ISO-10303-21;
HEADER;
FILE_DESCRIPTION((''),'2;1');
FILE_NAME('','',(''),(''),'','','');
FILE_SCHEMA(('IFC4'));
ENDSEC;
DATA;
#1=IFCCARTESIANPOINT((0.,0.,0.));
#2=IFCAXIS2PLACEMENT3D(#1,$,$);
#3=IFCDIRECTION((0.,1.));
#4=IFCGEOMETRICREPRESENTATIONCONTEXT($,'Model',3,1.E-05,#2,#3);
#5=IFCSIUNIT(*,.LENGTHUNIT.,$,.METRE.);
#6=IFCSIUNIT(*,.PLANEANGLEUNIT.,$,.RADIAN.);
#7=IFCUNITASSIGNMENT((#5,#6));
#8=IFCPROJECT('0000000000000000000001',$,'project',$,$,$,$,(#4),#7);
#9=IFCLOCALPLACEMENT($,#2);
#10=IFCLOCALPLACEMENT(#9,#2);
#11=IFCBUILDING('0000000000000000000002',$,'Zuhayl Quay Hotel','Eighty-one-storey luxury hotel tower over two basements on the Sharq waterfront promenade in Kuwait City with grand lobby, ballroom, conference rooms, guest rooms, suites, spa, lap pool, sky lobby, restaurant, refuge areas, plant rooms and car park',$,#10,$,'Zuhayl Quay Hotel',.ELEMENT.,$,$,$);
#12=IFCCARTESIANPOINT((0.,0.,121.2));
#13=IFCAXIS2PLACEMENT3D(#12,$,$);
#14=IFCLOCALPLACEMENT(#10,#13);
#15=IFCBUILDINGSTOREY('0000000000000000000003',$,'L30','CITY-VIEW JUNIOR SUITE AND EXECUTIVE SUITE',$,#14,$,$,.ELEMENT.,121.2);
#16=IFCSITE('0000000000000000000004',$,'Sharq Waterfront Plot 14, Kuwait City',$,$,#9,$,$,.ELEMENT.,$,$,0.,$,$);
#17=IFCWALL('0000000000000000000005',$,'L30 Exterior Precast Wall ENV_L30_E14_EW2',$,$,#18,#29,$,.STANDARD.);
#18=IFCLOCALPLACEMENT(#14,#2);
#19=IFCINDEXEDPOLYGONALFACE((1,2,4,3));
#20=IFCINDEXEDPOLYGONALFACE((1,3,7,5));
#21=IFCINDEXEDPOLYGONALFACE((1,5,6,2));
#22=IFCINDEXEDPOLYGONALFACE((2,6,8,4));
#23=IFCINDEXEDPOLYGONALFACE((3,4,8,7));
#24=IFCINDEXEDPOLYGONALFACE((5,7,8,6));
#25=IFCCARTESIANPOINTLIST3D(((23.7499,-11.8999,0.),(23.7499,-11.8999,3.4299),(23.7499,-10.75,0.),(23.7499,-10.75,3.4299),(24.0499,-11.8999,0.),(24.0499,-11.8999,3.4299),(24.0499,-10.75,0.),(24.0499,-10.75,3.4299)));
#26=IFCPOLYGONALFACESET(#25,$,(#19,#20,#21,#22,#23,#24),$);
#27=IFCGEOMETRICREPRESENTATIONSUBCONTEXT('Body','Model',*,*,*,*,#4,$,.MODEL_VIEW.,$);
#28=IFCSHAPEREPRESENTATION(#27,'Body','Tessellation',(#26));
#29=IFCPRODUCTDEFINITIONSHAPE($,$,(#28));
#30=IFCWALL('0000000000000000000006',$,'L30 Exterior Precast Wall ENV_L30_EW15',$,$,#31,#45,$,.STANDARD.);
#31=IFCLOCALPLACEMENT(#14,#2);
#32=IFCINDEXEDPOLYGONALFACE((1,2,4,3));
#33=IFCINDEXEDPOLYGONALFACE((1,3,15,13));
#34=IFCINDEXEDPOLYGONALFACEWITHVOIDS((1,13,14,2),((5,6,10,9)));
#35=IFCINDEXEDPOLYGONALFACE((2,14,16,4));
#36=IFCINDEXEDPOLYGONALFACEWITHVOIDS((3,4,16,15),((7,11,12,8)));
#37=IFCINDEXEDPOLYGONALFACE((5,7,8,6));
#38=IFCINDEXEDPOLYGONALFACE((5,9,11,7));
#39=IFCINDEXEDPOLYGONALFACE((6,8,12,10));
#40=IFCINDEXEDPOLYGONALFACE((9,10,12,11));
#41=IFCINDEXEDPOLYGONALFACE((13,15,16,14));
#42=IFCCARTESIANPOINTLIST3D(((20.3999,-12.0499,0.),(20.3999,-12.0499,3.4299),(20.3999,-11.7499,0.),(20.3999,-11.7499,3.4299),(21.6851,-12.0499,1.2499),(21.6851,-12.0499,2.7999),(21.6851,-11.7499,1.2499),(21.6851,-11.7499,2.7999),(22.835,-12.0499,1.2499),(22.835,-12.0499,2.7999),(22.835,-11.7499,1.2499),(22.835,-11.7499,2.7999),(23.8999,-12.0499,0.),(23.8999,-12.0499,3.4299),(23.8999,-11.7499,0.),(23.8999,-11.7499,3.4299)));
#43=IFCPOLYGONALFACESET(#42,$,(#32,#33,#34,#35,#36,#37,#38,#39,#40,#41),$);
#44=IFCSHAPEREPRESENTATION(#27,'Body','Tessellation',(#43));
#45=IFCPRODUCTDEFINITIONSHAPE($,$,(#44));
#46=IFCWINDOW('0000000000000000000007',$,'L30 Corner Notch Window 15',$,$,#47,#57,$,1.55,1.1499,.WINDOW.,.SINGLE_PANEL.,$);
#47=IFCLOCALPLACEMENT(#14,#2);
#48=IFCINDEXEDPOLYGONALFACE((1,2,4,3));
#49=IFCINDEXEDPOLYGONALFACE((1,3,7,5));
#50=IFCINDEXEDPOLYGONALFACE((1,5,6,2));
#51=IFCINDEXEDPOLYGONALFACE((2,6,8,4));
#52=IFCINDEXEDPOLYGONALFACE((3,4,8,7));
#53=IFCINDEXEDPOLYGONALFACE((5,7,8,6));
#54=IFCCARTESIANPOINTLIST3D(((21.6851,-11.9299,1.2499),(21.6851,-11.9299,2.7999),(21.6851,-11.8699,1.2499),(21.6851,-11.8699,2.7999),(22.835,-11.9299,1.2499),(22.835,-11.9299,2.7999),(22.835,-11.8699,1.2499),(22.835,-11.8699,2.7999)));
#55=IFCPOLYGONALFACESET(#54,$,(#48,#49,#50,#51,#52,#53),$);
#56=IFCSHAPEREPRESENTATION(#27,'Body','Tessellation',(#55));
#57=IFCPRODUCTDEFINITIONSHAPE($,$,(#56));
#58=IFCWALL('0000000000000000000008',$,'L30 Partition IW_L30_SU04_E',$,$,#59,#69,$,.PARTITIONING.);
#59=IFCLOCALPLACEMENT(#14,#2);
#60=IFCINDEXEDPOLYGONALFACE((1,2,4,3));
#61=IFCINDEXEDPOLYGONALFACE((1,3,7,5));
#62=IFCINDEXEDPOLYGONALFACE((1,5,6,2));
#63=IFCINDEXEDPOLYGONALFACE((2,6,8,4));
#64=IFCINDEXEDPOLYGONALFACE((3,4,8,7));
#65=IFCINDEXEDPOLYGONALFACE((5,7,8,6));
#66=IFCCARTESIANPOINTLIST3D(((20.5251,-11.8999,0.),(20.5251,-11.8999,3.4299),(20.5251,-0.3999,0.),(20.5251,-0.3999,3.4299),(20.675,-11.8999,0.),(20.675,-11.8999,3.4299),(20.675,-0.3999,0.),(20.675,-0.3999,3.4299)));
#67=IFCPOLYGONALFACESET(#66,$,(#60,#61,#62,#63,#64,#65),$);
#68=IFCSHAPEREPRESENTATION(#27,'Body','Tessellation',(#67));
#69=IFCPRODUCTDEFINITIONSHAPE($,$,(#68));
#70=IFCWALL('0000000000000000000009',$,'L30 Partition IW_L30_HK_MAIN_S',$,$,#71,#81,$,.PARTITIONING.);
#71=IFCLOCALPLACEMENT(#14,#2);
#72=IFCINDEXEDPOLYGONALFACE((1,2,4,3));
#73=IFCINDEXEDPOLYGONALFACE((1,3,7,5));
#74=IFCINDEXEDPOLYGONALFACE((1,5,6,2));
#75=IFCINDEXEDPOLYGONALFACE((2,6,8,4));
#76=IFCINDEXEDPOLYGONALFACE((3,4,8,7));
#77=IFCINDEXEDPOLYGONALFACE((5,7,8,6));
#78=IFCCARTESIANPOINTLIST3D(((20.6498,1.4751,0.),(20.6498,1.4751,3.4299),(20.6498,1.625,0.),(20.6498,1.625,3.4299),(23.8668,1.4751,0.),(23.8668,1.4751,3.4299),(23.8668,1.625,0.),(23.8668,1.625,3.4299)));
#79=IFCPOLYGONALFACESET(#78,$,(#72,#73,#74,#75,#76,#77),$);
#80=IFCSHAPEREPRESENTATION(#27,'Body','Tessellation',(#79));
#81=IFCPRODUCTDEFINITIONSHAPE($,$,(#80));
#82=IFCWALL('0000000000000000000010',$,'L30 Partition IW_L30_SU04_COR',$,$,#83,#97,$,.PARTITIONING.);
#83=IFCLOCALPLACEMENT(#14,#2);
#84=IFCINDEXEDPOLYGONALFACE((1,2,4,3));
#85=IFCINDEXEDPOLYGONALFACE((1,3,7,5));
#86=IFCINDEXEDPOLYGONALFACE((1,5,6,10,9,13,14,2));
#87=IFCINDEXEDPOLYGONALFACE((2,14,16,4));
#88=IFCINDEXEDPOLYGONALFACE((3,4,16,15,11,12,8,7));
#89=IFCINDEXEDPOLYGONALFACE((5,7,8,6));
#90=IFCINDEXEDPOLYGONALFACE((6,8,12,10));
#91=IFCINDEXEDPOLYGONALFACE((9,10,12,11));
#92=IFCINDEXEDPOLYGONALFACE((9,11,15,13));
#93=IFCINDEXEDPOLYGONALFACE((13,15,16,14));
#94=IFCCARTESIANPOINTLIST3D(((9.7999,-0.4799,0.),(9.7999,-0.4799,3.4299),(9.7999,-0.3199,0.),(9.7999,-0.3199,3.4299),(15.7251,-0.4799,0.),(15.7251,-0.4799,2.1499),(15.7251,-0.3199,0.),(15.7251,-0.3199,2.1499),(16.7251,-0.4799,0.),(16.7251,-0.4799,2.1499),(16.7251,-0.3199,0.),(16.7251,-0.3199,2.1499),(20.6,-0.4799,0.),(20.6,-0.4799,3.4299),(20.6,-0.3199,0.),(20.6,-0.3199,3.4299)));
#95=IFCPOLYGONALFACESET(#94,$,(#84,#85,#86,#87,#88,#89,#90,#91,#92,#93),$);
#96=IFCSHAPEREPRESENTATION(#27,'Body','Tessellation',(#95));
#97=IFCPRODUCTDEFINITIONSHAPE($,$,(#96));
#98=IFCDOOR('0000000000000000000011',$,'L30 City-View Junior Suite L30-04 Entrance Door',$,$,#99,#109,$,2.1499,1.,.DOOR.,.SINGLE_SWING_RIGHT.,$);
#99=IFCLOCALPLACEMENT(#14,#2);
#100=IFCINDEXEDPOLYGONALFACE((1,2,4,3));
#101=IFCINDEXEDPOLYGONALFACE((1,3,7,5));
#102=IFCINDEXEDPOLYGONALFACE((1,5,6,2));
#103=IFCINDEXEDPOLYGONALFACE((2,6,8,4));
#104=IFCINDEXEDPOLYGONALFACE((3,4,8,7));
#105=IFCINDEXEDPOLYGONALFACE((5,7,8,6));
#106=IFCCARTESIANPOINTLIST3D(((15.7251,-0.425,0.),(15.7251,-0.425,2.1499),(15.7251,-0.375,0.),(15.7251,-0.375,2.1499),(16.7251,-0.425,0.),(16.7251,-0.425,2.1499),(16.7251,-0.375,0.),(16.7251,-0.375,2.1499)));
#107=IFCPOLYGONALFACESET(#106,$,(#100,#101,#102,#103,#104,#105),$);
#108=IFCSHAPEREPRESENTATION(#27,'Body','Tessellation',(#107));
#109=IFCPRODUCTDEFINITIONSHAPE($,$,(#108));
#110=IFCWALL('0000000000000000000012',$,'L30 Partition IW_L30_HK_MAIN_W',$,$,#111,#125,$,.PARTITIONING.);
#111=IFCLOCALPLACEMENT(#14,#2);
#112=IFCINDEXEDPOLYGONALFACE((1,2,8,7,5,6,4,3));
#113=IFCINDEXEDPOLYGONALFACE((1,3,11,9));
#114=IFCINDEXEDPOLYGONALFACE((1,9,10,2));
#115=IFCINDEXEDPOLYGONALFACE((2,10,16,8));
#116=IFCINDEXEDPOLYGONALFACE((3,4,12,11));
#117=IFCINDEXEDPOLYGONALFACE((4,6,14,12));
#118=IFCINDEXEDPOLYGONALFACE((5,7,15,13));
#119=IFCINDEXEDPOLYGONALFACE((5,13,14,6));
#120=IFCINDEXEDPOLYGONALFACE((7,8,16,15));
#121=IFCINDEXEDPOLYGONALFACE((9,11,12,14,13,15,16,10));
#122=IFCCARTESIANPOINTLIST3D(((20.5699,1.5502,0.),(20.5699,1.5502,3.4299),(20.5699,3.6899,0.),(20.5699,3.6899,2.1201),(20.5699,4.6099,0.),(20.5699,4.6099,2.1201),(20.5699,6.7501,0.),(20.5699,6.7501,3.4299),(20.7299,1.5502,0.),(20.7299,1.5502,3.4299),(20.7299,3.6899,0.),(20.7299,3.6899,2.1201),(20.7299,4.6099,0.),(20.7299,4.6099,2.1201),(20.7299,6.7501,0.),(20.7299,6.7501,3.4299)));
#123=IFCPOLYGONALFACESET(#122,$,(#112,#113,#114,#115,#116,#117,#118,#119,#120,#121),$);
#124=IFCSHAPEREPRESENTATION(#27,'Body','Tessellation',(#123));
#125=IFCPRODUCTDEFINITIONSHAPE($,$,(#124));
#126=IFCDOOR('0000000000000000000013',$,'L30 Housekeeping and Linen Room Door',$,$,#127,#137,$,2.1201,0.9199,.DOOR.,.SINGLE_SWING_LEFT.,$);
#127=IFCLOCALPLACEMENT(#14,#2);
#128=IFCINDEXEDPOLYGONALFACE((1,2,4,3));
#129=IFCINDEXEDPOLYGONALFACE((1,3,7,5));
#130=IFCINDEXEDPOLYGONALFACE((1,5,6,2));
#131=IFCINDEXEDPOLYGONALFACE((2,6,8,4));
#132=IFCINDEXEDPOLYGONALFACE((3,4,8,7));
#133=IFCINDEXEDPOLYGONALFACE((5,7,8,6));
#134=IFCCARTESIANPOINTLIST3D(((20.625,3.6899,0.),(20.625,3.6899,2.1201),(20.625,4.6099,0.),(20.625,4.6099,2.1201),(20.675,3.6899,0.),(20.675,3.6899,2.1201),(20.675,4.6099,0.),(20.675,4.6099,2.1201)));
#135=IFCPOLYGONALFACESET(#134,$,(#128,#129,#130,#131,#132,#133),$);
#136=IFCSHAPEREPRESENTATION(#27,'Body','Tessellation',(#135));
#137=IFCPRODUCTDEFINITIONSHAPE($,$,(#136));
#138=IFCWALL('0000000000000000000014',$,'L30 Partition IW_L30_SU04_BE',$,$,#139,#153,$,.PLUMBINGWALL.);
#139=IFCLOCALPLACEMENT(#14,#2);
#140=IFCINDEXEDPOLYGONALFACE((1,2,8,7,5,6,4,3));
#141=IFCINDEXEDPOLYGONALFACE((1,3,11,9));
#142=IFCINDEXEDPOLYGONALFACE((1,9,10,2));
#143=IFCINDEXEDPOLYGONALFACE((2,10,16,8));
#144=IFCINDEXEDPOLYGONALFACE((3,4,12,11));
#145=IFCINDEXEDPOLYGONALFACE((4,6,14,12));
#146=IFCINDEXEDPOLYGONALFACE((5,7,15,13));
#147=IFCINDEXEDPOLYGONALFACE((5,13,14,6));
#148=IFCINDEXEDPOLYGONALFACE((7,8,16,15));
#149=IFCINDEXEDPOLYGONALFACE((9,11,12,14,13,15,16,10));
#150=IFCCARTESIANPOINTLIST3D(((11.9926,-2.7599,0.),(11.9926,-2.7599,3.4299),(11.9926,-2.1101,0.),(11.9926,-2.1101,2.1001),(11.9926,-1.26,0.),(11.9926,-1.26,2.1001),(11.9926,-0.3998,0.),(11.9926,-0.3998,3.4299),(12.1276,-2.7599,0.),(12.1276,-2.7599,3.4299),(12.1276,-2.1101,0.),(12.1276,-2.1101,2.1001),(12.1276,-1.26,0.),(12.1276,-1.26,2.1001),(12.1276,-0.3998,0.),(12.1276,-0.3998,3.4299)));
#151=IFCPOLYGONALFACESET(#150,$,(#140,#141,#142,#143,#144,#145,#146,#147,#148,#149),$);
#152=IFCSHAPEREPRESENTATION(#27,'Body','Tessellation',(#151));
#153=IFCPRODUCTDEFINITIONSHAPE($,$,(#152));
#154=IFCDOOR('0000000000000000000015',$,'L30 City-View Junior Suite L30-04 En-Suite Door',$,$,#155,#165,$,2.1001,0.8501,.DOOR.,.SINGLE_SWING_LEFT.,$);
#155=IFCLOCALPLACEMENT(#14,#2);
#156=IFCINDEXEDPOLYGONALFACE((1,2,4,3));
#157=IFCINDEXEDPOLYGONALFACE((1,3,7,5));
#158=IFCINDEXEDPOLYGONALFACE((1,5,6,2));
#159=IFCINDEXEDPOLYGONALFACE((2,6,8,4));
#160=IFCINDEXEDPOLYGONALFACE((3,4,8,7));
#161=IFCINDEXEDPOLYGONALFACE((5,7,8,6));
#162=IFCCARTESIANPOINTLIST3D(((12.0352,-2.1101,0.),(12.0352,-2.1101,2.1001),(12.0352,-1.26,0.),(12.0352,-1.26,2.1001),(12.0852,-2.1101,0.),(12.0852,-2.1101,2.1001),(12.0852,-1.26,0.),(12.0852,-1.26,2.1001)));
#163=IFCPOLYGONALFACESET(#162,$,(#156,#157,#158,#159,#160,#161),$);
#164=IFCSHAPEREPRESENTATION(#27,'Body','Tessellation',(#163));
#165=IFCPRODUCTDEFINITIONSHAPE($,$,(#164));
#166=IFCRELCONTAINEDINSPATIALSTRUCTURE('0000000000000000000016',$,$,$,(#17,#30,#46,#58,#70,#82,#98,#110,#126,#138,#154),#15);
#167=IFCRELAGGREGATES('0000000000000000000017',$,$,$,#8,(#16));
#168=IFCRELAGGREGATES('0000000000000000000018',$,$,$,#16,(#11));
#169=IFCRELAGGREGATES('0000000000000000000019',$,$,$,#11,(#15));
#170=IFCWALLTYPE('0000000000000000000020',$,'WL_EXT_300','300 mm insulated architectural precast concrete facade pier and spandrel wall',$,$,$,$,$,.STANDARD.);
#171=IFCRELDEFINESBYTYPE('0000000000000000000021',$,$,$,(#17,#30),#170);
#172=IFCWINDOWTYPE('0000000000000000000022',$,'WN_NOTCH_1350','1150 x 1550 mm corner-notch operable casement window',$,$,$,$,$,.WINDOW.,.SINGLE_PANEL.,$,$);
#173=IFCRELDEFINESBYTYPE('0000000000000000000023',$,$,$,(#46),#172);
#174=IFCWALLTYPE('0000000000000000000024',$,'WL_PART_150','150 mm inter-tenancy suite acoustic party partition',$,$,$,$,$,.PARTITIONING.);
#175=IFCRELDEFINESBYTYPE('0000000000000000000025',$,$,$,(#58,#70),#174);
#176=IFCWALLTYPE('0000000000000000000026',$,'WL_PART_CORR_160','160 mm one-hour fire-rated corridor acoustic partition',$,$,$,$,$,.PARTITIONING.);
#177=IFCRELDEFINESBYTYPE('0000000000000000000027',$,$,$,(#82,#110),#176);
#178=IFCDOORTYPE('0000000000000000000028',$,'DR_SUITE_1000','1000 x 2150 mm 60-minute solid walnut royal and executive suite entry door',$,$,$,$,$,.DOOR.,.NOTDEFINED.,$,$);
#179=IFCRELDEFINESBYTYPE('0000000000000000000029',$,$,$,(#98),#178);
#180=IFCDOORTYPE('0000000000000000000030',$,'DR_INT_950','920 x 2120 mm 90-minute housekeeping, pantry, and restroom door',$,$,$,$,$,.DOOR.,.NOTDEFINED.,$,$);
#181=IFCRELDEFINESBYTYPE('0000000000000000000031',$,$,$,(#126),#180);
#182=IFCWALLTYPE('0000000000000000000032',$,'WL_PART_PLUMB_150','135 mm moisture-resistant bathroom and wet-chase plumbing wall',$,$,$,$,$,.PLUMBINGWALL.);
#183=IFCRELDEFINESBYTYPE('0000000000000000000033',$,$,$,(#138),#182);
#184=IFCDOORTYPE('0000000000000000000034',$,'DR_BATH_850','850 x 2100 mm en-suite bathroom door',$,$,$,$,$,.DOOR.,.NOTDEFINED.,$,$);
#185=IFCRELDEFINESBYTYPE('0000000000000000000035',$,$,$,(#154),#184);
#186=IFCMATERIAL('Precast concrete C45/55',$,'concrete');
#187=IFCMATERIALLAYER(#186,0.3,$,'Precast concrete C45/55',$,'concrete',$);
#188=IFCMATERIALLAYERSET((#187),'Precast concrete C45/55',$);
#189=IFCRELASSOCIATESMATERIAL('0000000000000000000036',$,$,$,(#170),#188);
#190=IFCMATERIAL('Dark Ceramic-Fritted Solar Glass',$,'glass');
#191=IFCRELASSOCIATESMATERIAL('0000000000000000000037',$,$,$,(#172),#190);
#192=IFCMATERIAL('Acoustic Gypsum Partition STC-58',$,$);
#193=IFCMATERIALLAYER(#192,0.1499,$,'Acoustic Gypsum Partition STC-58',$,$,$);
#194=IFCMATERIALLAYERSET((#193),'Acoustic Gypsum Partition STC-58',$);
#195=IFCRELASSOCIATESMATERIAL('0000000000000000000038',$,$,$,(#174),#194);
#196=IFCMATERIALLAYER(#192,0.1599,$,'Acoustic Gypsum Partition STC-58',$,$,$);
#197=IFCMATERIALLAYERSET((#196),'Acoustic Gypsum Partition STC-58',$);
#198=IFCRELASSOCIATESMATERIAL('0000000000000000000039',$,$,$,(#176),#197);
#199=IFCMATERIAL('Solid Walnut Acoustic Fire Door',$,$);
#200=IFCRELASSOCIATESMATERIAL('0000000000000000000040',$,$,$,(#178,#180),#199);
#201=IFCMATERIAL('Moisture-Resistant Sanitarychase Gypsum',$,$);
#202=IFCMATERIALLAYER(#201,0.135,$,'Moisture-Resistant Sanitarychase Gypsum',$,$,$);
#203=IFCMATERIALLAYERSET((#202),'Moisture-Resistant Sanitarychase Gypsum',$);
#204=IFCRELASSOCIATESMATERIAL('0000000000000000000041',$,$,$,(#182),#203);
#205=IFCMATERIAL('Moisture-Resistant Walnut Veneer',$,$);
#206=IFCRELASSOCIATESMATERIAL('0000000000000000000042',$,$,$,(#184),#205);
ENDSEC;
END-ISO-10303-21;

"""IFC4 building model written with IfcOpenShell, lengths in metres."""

from ifc_helpers import new_model, si_unit, direction, frame, frame_2d, origin, place, context, subcontext, project, spatial, rectangle, extrude, material, layer, layer_set, type_object, element, fill, save


model = new_model("IFC4")

# Units and contexts
model_context = context("Model", 3, precision=1e-05, world=origin(), true_north=direction((0.0, 1.0)))
body_context = subcontext(model_context, "Body", "Model", "MODEL_VIEW")
ifc_project = project(units=[si_unit("LENGTHUNIT", "METRE"), si_unit("PLANEANGLEUNIT", "RADIAN")], contexts=[model_context])

# Site, building, storey
site_placement = place(None, origin())
site = spatial("IfcSite", under=ifc_project, at=site_placement, Name="Sharq Waterfront Plot 14, Kuwait City", CompositionType="ELEMENT", RefElevation=0.0)
building_placement = place(site_placement, origin())
building = spatial("IfcBuilding", under=site, at=building_placement, Name="Zuhayl Quay Hotel", Description="Eighty-one-storey luxury hotel tower over two basements on the Sharq waterfront promenade in Kuwait City with grand lobby, ballroom, conference rooms, guest rooms, suites, spa, lap pool, sky lobby, restaurant, refuge areas, plant rooms and car park", LongName="Zuhayl Quay Hotel", CompositionType="ELEMENT")
storey_placement = place(building_placement, frame((0.0, 0.0, 121.2)))
storey = spatial("IfcBuildingStorey", under=building, at=storey_placement, Name="L30", Description="CITY-VIEW JUNIOR SUITE AND EXECUTIVE SUITE", CompositionType="ELEMENT", Elevation=121.2)

# Shared definitions
ifc_material_1 = material(Name="Dark Ceramic-Fritted Solar Glass", Category="glass")

# Wall
ifc_material_2 = material(Name="Precast concrete C45/55", Category="concrete")
ifc_layer_1 = layer(ifc_material_2, 0.3, Name="Precast concrete C45/55", Category="concrete")
ifc_layer_set_1 = layer_set([ifc_layer_1], Name="Precast concrete C45/55")
wall_type_1 = type_object("IfcWallType", Name="WL_EXT_300", Description="300 mm insulated architectural precast concrete facade pier and spandrel wall", PredefinedType="STANDARD", material=ifc_layer_set_1)
for number, where, z_axis, x_axis, name in (
    (1, (23.8999, -10.75, 0.0), (0.0, 0.0, 1.0), (0.0, -1.0, 0.0), "L30 Exterior Precast Wall ENV_L30_E14_EW2"),
):
    element("IfcWall", number, at=place(storey_placement, frame(where, z_axis=z_axis, x_axis=x_axis)), inside=storey, type_object=wall_type_1, Name=name, PredefinedType="STANDARD", context=body_context, shape_type="SweptSolid", body=[
        extrude(rectangle(XDim=1.1499, YDim=0.3, at=frame_2d((0.575, 0.0))), origin(), (0.0, 0.0, 1.0), 3.4299),
    ])

# Wall, opening, window
wall_1_placement = place(storey_placement, frame((23.8999, -11.8999, 0.0), z_axis=(0.0, 0.0, 1.0), x_axis=(-1.0, 0.0, 0.0)))
wall_1 = element("IfcWall", 2, at=wall_1_placement, inside=storey, type_object=wall_type_1, Name="L30 Exterior Precast Wall ENV_L30_EW15", PredefinedType="STANDARD", context=body_context, shape_type="SweptSolid", body=[
    extrude(rectangle(XDim=3.5, YDim=0.3, at=frame_2d((1.75, 0.0))), origin(), (0.0, 0.0, 1.0), 3.4299),
])
opening_1_placement = place(wall_1_placement, frame((1.0649, 0.0, 1.25)))
opening_1 = element("IfcOpeningElement", 3, at=opening_1_placement, cuts=wall_1, PredefinedType="OPENING", context=body_context, shape_type="SweptSolid", body=[
    extrude(rectangle(XDim=1.1499, YDim=1.55, at=frame_2d((0.575, 0.7749))), frame((0.0, 0.1599, 0.0), z_axis=(0.0, -1.0, 0.0), x_axis=(1.0, 0.0, 0.0)), (0.0, 0.0, 1.0), 0.3201),
])
window_type = type_object("IfcWindowType", Name="WN_NOTCH_1350", Description="1150 x 1550 mm corner-notch operable casement window", PartitioningType="SINGLE_PANEL", PredefinedType="WINDOW", material=ifc_material_1)
window_placement = place(opening_1_placement, origin())
window = element("IfcWindow", 4, at=window_placement, inside=storey, type_object=window_type, Name="L30 Corner Notch Window 15", OverallHeight=1.55, OverallWidth=1.1499, PartitioningType="SINGLE_PANEL", PredefinedType="WINDOW", context=body_context, shape_type="SweptSolid", body=[
    extrude(rectangle(XDim=1.1499, YDim=1.55, at=frame_2d((0.575, 0.7749))), frame((0.0, 0.03, 0.0), z_axis=(0.0, -1.0, 0.0), x_axis=(1.0, 0.0, 0.0)), (0.0, 0.0, 1.0), 0.0601),
])
fill(opening_1, window)

# Walls
ifc_material_3 = material(Name="Acoustic Gypsum Partition STC-58")
ifc_layer_2 = layer(ifc_material_3, 0.1499, Name="Acoustic Gypsum Partition STC-58")
ifc_layer_set_2 = layer_set([ifc_layer_2], Name="Acoustic Gypsum Partition STC-58")
wall_type_2 = type_object("IfcWallType", Name="WL_PART_150", Description="150 mm inter-tenancy suite acoustic party partition", PredefinedType="PARTITIONING", material=ifc_layer_set_2)
wall_2_placement = place(storey_placement, frame((20.6001, -11.8999, 0.0), z_axis=(0.0, 0.0, 1.0), x_axis=(0.0, 1.0, 0.0)))
element("IfcWall", 5, at=wall_2_placement, inside=storey, type_object=wall_type_2, Name="L30 Partition IW_L30_SU04_E", PredefinedType="PARTITIONING", context=body_context, shape_type="SweptSolid", body=[
    extrude(rectangle(XDim=11.5, YDim=0.1499, at=frame_2d((5.75, 0.0))), origin(), (0.0, 0.0, 1.0), 3.4299),
])
wall_3_placement = place(storey_placement, frame((20.6499, 1.55, 0.0), z_axis=(0.0, 0.0, 1.0), x_axis=(1.0, 0.0, 0.0)))
element("IfcWall", 6, at=wall_3_placement, inside=storey, type_object=wall_type_2, Name="L30 Partition IW_L30_HK_MAIN_S", PredefinedType="PARTITIONING", context=body_context, shape_type="SweptSolid", body=[
    extrude(rectangle(XDim=3.217, YDim=0.1499, at=frame_2d((1.6084, 0.0))), origin(), (0.0, 0.0, 1.0), 3.4299),
])

# Walls, openings, doors
ifc_layer_3 = layer(ifc_material_3, 0.1599, Name="Acoustic Gypsum Partition STC-58")
ifc_layer_set_3 = layer_set([ifc_layer_3], Name="Acoustic Gypsum Partition STC-58")
wall_type_3 = type_object("IfcWallType", Name="WL_PART_CORR_160", Description="160 mm one-hour fire-rated corridor acoustic partition", PredefinedType="PARTITIONING", material=ifc_layer_set_3)
wall_4_placement = place(storey_placement, frame((9.8, -0.3999, 0.0), z_axis=(0.0, 0.0, 1.0), x_axis=(1.0, 0.0, 0.0)))
wall_4 = element("IfcWall", 7, at=wall_4_placement, inside=storey, type_object=wall_type_3, Name="L30 Partition IW_L30_SU04_COR", PredefinedType="PARTITIONING", context=body_context, shape_type="SweptSolid", body=[
    extrude(rectangle(XDim=10.8, YDim=0.1599, at=frame_2d((5.3999, 0.0))), origin(), (0.0, 0.0, 1.0), 3.4299),
])
opening_2_placement = place(wall_4_placement, frame((5.925, 0.0, 0.0)))
opening_2 = element("IfcOpeningElement", 8, at=opening_2_placement, cuts=wall_4, PredefinedType="OPENING", context=body_context, shape_type="SweptSolid", body=[
    extrude(rectangle(XDim=1.0, YDim=2.1499, at=frame_2d((0.5, 1.075))), frame((0.0, 0.0898, 0.0), z_axis=(0.0, -1.0, 0.0), x_axis=(1.0, 0.0, 0.0)), (0.0, 0.0, 1.0), 0.1799),
])
ifc_material_4 = material(Name="Solid Walnut Acoustic Fire Door")
door_type_1 = type_object("IfcDoorType", Name="DR_SUITE_1000", Description="1000 x 2150 mm 60-minute solid walnut royal and executive suite entry door", OperationType="NOTDEFINED", PredefinedType="DOOR", material=ifc_material_4)
door_1_placement = place(opening_2_placement, origin())
door_1 = element("IfcDoor", 9, at=door_1_placement, inside=storey, type_object=door_type_1, Name="L30 City-View Junior Suite L30-04 Entrance Door", OperationType="SINGLE_SWING_RIGHT", OverallHeight=2.1499, OverallWidth=1.0, PredefinedType="DOOR", context=body_context, shape_type="SweptSolid", body=[
    extrude(rectangle(XDim=1.0, YDim=2.1499, at=frame_2d((0.5, 1.075))), frame((0.0, 0.0249, 0.0), z_axis=(0.0, -1.0, 0.0), x_axis=(1.0, 0.0, 0.0)), (0.0, 0.0, 1.0), 0.05),
])
fill(opening_2, door_1)
wall_5_placement = place(storey_placement, frame((20.6499, 1.55, 0.0), z_axis=(0.0, 0.0, 1.0), x_axis=(0.0, 1.0, 0.0)))
wall_5 = element("IfcWall", 10, at=wall_5_placement, inside=storey, type_object=wall_type_3, Name="L30 Partition IW_L30_HK_MAIN_W", PredefinedType="PARTITIONING", context=body_context, shape_type="SweptSolid", body=[
    extrude(rectangle(XDim=5.2, YDim=0.1599, at=frame_2d((2.6001, 0.0))), origin(), (0.0, 0.0, 1.0), 3.4299),
])
opening_3_placement = place(wall_5_placement, frame((2.1399, 0.0, 0.0)))
opening_3 = element("IfcOpeningElement", 11, at=opening_3_placement, cuts=wall_5, PredefinedType="OPENING", context=body_context, shape_type="SweptSolid", body=[
    extrude(rectangle(XDim=0.9199, YDim=2.1201, at=frame_2d((0.46, 1.0601))), frame((0.0, 0.0898, 0.0), z_axis=(0.0, -1.0, 0.0), x_axis=(1.0, 0.0, 0.0)), (0.0, 0.0, 1.0), 0.1799),
])
door_type_2 = type_object("IfcDoorType", Name="DR_INT_950", Description="920 x 2120 mm 90-minute housekeeping, pantry, and restroom door", OperationType="NOTDEFINED", PredefinedType="DOOR", material=ifc_material_4)
door_2_placement = place(opening_3_placement, origin())
door_2 = element("IfcDoor", 12, at=door_2_placement, inside=storey, type_object=door_type_2, Name="L30 Housekeeping and Linen Room Door", OperationType="SINGLE_SWING_LEFT", OverallHeight=2.1201, OverallWidth=0.9199, PredefinedType="DOOR", context=body_context, shape_type="SweptSolid", body=[
    extrude(rectangle(XDim=0.9199, YDim=2.1201, at=frame_2d((0.46, 1.0601))), frame((0.0, 0.0249, 0.0), z_axis=(0.0, -1.0, 0.0), x_axis=(1.0, 0.0, 0.0)), (0.0, 0.0, 1.0), 0.05),
])
fill(opening_3, door_2)
ifc_material_5 = material(Name="Moisture-Resistant Sanitarychase Gypsum")
ifc_layer_4 = layer(ifc_material_5, 0.135, Name="Moisture-Resistant Sanitarychase Gypsum")
ifc_layer_set_4 = layer_set([ifc_layer_4], Name="Moisture-Resistant Sanitarychase Gypsum")
wall_type_4 = type_object("IfcWallType", Name="WL_PART_PLUMB_150", Description="135 mm moisture-resistant bathroom and wet-chase plumbing wall", PredefinedType="PLUMBINGWALL", material=ifc_layer_set_4)
wall_6_placement = place(storey_placement, frame((12.0601, -2.76, 0.0), z_axis=(0.0, 0.0, 1.0), x_axis=(0.0, 1.0, 0.0)))
wall_6 = element("IfcWall", 13, at=wall_6_placement, inside=storey, type_object=wall_type_4, Name="L30 Partition IW_L30_SU04_BE", PredefinedType="PLUMBINGWALL", context=body_context, shape_type="SweptSolid", body=[
    extrude(rectangle(XDim=2.3601, YDim=0.135, at=frame_2d((1.1802, 0.0))), origin(), (0.0, 0.0, 1.0), 3.4299),
])
opening_4_placement = place(wall_6_placement, frame((0.6499, 0.0, 0.0)))
opening_4 = element("IfcOpeningElement", 14, at=opening_4_placement, cuts=wall_6, PredefinedType="OPENING", context=body_context, shape_type="SweptSolid", body=[
    extrude(rectangle(XDim=0.8501, YDim=2.1001, at=frame_2d((0.425, 1.05))), frame((0.0, 0.0774, 0.0), z_axis=(0.0, -1.0, 0.0), x_axis=(1.0, 0.0, 0.0)), (0.0, 0.0, 1.0), 0.155),
])
ifc_material_6 = material(Name="Moisture-Resistant Walnut Veneer")
door_type_3 = type_object("IfcDoorType", Name="DR_BATH_850", Description="850 x 2100 mm en-suite bathroom door", OperationType="NOTDEFINED", PredefinedType="DOOR", material=ifc_material_6)
door_3_placement = place(opening_4_placement, origin())
door_3 = element("IfcDoor", 15, at=door_3_placement, inside=storey, type_object=door_type_3, Name="L30 City-View Junior Suite L30-04 En-Suite Door", OperationType="SINGLE_SWING_LEFT", OverallHeight=2.1001, OverallWidth=0.8501, PredefinedType="DOOR", context=body_context, shape_type="SweptSolid", body=[
    extrude(rectangle(XDim=0.8501, YDim=2.1001, at=frame_2d((0.425, 1.05))), frame((0.0, 0.0249, 0.0), z_axis=(0.0, -1.0, 0.0), x_axis=(1.0, 0.0, 0.0)), (0.0, 0.0, 1.0), 0.05),
])
fill(opening_4, door_3)

save(model, "model.ifc")
